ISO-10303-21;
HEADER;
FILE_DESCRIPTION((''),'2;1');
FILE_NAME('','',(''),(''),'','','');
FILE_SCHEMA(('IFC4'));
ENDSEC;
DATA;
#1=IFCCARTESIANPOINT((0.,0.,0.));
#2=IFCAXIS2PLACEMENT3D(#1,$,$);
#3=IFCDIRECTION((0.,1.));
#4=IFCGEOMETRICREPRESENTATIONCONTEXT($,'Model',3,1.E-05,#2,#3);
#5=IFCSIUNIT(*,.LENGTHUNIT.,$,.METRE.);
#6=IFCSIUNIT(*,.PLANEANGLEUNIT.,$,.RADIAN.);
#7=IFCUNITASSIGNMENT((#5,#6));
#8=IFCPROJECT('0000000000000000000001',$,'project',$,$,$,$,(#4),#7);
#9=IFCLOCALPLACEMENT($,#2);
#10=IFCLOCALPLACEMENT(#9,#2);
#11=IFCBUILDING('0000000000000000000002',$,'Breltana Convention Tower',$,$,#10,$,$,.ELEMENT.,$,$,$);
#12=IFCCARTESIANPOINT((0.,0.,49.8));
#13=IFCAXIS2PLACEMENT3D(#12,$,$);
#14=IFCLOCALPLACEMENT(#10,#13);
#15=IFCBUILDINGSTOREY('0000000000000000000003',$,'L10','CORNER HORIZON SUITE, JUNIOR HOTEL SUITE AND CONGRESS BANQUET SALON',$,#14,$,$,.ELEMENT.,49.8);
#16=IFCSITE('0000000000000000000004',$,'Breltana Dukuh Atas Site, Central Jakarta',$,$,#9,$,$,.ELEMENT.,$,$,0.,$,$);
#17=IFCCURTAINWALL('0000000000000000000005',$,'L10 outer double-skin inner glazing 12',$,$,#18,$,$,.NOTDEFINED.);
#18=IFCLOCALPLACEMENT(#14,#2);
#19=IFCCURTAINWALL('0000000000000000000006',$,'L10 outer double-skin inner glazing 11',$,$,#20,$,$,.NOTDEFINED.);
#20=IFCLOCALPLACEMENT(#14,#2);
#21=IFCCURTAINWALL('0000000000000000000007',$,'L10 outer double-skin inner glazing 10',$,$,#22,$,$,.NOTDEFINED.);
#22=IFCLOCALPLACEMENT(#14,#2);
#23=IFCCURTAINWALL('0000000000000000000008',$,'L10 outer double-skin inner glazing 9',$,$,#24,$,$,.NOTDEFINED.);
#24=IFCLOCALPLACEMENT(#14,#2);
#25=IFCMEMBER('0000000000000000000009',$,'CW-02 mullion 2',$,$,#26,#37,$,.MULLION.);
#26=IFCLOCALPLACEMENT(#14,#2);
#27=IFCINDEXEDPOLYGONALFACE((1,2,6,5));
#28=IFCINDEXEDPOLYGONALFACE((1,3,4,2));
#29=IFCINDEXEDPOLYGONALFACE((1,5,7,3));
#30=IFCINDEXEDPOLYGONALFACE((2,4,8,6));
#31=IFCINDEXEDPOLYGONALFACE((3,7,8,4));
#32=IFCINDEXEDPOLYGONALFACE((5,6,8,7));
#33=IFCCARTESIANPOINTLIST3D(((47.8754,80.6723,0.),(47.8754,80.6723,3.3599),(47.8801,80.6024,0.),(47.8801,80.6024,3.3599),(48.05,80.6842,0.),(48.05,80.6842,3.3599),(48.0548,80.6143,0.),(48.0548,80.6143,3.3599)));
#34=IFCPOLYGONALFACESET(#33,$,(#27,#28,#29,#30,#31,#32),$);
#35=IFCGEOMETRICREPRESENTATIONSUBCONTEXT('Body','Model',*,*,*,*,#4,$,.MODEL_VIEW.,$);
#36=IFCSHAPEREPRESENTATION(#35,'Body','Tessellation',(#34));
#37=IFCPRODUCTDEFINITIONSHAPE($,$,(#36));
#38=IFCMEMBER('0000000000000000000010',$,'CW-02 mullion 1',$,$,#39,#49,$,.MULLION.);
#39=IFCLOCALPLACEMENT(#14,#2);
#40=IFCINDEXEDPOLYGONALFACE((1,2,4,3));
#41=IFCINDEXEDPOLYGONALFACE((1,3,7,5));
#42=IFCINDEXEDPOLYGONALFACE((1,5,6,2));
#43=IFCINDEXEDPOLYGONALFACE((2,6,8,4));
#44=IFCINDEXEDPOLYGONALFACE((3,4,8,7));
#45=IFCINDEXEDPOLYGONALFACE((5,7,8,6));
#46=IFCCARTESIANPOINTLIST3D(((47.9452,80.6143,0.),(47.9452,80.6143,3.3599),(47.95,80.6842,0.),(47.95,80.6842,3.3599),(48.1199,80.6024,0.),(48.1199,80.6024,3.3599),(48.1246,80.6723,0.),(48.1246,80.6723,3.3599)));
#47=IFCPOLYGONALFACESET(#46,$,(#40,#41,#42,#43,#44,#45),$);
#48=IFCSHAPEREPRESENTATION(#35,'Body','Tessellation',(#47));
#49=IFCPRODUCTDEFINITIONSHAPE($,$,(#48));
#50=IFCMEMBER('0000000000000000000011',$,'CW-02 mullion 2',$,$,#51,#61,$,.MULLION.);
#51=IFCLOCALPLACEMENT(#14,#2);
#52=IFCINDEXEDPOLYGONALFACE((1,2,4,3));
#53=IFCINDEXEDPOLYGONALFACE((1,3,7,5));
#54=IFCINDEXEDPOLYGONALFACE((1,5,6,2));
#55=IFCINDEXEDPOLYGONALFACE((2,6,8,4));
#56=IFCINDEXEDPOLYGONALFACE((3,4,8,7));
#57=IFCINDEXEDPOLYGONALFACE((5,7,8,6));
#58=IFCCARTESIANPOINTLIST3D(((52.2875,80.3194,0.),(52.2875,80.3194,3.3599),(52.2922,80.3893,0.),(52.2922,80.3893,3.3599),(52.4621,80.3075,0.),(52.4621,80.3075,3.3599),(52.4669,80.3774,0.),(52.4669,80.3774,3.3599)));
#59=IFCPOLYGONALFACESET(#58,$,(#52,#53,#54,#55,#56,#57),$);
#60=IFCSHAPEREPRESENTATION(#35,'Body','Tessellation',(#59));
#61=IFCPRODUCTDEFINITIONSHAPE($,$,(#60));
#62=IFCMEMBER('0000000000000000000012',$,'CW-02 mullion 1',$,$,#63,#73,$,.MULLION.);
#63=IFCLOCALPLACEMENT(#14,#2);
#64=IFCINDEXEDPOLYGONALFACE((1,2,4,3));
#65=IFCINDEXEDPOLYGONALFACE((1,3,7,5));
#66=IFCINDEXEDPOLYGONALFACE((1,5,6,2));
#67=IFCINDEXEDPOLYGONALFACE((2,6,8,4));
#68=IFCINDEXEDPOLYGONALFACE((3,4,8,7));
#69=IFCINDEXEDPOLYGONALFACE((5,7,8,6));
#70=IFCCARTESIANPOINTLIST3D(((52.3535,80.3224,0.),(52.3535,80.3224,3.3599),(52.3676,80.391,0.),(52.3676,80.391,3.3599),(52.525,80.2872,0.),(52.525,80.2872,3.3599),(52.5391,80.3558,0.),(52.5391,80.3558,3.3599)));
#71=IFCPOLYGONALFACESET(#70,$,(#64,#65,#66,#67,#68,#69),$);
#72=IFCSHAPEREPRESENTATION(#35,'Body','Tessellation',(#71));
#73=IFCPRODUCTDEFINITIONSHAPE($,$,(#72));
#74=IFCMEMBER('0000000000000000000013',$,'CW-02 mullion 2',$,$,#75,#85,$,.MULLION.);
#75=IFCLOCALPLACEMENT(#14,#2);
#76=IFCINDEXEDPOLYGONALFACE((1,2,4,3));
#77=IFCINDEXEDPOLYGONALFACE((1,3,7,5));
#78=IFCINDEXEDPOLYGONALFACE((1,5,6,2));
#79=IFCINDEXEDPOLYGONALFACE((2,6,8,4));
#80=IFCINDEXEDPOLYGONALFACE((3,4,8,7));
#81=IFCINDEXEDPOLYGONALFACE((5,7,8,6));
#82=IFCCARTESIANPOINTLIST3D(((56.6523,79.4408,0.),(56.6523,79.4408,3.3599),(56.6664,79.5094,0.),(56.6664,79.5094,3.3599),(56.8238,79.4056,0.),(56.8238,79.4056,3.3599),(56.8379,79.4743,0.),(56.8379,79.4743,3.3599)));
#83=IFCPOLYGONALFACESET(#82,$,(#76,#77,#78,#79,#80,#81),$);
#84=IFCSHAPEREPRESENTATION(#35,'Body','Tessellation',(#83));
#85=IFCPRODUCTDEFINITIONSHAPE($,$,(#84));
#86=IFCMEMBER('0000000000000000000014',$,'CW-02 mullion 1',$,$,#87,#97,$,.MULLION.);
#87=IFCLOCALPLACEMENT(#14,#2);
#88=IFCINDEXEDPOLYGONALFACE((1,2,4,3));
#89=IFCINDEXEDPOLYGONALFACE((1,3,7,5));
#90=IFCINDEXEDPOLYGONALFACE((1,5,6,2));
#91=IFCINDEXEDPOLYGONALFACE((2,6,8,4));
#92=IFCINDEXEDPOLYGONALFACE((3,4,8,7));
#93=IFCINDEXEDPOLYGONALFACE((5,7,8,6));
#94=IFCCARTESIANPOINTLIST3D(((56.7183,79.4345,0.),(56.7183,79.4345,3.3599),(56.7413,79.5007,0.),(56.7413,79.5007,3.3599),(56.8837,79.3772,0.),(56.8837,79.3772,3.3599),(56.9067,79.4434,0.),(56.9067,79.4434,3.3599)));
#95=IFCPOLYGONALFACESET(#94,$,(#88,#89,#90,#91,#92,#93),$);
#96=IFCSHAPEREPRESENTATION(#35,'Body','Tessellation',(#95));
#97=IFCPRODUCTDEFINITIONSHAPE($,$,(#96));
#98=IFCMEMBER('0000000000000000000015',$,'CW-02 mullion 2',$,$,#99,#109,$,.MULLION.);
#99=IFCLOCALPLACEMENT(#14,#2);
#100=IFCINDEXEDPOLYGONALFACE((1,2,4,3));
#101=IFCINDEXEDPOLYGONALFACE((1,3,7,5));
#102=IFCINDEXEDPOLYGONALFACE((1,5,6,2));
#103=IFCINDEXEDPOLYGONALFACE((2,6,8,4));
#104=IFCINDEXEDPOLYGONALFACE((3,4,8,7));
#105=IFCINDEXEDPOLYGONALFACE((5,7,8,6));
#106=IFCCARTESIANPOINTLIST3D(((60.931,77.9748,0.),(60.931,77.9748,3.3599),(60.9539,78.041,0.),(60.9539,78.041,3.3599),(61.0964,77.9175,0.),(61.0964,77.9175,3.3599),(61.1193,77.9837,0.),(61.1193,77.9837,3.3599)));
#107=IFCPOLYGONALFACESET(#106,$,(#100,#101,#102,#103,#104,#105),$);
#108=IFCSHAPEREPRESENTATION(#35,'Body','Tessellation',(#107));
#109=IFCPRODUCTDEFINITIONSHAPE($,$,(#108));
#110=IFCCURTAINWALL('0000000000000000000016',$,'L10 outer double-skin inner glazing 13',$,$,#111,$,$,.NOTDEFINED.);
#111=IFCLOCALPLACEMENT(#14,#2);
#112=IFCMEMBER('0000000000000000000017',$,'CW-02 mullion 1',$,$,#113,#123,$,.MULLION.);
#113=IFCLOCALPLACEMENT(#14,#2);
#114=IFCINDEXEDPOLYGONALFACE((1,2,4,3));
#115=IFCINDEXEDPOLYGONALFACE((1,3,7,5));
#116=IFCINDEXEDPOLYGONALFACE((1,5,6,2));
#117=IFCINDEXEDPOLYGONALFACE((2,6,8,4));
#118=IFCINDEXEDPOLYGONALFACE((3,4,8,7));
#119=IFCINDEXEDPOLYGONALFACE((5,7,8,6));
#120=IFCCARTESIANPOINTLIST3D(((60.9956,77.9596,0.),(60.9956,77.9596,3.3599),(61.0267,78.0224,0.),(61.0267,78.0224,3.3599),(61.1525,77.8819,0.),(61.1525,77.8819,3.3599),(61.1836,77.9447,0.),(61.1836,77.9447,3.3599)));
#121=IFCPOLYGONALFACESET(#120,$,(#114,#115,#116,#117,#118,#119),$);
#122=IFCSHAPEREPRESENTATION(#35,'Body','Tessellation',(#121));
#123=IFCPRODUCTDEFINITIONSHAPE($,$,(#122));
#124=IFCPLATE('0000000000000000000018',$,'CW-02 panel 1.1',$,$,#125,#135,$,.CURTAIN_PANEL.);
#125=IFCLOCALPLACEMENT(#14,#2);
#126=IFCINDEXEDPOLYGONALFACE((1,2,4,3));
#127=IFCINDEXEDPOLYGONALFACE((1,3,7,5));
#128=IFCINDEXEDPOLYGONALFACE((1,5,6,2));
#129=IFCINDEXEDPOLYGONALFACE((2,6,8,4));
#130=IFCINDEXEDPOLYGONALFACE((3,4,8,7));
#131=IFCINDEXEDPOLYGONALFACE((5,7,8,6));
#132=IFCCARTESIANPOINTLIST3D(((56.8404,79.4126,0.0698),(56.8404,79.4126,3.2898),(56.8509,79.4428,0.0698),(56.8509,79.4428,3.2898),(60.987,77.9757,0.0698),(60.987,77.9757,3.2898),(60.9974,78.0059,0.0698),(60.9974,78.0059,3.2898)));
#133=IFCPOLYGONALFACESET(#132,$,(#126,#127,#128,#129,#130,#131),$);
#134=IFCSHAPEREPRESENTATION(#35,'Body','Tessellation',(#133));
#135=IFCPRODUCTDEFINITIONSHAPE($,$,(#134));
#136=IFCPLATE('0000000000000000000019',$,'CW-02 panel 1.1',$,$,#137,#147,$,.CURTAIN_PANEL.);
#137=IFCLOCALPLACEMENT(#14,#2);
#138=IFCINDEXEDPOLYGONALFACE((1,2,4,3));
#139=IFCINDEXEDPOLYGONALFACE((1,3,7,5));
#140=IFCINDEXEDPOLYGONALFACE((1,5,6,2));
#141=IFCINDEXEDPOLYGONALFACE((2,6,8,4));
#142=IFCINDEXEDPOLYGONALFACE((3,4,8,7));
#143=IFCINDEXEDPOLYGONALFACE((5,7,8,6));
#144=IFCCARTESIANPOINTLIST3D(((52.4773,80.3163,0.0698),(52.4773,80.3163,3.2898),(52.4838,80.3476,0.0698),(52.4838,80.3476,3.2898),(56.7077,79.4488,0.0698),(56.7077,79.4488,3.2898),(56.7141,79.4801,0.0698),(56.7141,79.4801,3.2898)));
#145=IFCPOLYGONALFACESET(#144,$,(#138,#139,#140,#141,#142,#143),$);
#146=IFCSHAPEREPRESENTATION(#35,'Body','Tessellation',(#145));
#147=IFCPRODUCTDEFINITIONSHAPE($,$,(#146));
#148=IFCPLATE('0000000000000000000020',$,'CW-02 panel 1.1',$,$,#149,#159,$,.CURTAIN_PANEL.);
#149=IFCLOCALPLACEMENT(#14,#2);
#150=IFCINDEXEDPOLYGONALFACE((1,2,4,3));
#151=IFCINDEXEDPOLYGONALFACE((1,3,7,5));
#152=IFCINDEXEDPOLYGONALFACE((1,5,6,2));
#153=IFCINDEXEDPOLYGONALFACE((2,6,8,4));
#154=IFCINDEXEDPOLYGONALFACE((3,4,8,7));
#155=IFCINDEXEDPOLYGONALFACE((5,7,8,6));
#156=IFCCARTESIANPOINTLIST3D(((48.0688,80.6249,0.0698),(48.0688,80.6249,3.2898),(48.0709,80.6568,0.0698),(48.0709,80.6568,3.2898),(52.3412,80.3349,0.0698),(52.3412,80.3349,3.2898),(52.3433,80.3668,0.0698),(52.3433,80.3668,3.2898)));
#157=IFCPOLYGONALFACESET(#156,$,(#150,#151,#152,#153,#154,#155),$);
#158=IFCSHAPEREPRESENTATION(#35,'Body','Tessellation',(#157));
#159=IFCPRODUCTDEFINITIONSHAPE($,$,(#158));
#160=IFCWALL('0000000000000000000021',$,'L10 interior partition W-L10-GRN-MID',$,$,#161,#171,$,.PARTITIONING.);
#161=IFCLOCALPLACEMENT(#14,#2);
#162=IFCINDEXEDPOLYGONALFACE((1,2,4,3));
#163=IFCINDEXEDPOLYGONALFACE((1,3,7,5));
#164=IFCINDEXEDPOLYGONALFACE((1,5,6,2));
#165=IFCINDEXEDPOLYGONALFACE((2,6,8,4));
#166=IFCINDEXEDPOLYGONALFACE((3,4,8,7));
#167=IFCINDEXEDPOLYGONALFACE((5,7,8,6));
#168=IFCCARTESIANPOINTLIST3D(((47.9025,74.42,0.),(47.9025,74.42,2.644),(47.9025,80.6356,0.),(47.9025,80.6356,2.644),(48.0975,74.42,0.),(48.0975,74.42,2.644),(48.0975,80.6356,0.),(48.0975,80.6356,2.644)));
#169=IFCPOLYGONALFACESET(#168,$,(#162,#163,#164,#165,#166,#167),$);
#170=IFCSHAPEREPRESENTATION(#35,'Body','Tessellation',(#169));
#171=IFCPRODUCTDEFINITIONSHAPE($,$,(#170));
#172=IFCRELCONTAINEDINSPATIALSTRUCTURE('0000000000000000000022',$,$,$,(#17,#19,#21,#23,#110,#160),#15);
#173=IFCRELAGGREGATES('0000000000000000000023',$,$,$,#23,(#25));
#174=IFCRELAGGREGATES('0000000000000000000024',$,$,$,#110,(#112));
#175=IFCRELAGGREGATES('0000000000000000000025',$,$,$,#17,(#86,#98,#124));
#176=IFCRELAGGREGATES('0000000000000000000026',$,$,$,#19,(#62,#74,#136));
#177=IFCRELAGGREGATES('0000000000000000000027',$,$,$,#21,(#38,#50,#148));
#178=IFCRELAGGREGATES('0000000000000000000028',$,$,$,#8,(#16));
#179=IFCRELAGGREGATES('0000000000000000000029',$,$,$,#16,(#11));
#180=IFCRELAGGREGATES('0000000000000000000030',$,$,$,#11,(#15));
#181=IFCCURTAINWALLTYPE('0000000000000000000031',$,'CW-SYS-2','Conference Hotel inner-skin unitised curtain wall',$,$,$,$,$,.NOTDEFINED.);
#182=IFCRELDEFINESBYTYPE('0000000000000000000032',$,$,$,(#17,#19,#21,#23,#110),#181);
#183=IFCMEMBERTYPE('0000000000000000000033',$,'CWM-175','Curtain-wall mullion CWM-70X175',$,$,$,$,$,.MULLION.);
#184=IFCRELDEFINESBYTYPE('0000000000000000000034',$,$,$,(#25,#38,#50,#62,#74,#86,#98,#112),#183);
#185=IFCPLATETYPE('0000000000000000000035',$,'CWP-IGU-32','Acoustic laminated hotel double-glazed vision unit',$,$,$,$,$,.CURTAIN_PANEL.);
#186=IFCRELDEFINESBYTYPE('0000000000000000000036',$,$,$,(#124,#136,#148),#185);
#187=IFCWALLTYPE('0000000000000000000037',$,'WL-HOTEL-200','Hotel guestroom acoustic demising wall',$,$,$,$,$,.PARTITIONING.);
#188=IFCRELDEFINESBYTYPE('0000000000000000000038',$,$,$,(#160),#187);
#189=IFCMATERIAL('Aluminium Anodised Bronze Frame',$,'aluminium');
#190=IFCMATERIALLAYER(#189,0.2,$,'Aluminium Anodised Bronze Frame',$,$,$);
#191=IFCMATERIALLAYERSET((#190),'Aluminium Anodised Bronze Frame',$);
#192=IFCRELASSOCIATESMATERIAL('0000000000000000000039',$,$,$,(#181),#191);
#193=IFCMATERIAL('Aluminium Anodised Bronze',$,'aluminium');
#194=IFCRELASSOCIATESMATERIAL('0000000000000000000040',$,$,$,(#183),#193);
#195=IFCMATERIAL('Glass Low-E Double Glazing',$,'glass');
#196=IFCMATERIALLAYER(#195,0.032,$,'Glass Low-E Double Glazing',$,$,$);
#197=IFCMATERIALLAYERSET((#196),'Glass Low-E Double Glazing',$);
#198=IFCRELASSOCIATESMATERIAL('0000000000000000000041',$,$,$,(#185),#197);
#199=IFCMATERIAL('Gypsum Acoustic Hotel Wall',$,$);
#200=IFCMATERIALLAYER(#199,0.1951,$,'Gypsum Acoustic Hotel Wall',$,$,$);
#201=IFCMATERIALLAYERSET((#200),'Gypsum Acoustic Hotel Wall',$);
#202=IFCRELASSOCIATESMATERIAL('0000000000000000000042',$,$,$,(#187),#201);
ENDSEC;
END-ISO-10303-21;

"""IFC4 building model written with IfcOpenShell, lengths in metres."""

from ifc_helpers import new_model, si_unit, direction, frame, frame_2d, origin, origin_2d, place, context, subcontext, project, spatial, rectangle, extrude, source, transform, mapped, material, layer, layer_set, material_profile, profile_set, type_object, element, aggregate, save


model = new_model("IFC4")

# Units and contexts
model_context = context("Model", 3, precision=1e-05, world=origin(), true_north=direction((0.0, 1.0)))
body_context = subcontext(model_context, "Body", "Model", "MODEL_VIEW")
ifc_project = project(units=[si_unit("LENGTHUNIT", "METRE"), si_unit("PLANEANGLEUNIT", "RADIAN")], contexts=[model_context])

# Site, building, storey
site_placement = place(None, origin())
site = spatial("IfcSite", under=ifc_project, at=site_placement, Name="Breltana Dukuh Atas Site, Central Jakarta", CompositionType="ELEMENT", RefElevation=0.0)
building_placement = place(site_placement, origin())
building = spatial("IfcBuilding", under=site, at=building_placement, Name="Breltana Convention Tower", CompositionType="ELEMENT")
storey_placement = place(building_placement, frame((0.0, 0.0, 49.8)))
storey = spatial("IfcBuildingStorey", under=building, at=storey_placement, Name="L10", Description="CORNER HORIZON SUITE, JUNIOR HOTEL SUITE AND CONGRESS BANQUET SALON", CompositionType="ELEMENT", Elevation=49.8)

# Curtain walls
ifc_material_1 = material(Name="Aluminium Anodised Bronze Frame", Category="aluminium")
ifc_layer_1 = layer(ifc_material_1, 0.2, Name="Aluminium Anodised Bronze Frame")
ifc_layer_set_1 = layer_set([ifc_layer_1], Name="Aluminium Anodised Bronze Frame")
curtain_wall_type = type_object("IfcCurtainWallType", Name="CW-SYS-2", Description="Conference Hotel inner-skin unitised curtain wall", PredefinedType="NOTDEFINED", material=ifc_layer_set_1)
curtain_wall_1_placement = place(storey_placement, origin())
curtain_wall_1 = element("IfcCurtainWall", 1, at=curtain_wall_1_placement, inside=storey, type_object=curtain_wall_type, Name="L10 outer double-skin inner glazing 12", PredefinedType="NOTDEFINED")
ifc_material_2 = material(Name="Aluminium Anodised Bronze", Category="aluminium")
curtain_wall_2_placement = place(storey_placement, origin())
curtain_wall_2 = element("IfcCurtainWall", 2, at=curtain_wall_2_placement, inside=storey, type_object=curtain_wall_type, Name="L10 outer double-skin inner glazing 11", PredefinedType="NOTDEFINED")
curtain_wall_3_placement = place(storey_placement, origin())
curtain_wall_3 = element("IfcCurtainWall", 3, at=curtain_wall_3_placement, inside=storey, type_object=curtain_wall_type, Name="L10 outer double-skin inner glazing 10", PredefinedType="NOTDEFINED")

# Curtain wall, member
curtain_wall_4_placement = place(storey_placement, origin())
curtain_wall_4 = element("IfcCurtainWall", 4, at=curtain_wall_4_placement, inside=storey, type_object=curtain_wall_type, Name="L10 outer double-skin inner glazing 9", PredefinedType="NOTDEFINED")
ifc_material_profile_1 = material_profile(ifc_material_2, rectangle(XDim=0.0701, YDim=0.175, at=origin_2d()), Name="CWM-70X175")
ifc_profile_set_1 = profile_set([ifc_material_profile_1], Name="Aluminium Anodised Bronze")
member_type_1 = type_object("IfcMemberType", Name="CWM-175", Description="Curtain-wall mullion CWM-70X175", PredefinedType="MULLION", material=ifc_profile_set_1)
shared_shape_1 = source(origin(), body_context, "Body", "SweptSolid", [
    extrude(rectangle(XDim=0.0701, YDim=0.175, at=origin_2d()), origin(), (0.0, 0.0, 1.0), 3.3599),
])
member_1_placement = place(storey_placement, frame((47.9651, 80.6433, 0.0), z_axis=(0.0, 0.0, 1.0), x_axis=(-0.067726, 0.997704, 0.0)))
member_1 = element("IfcMember", 5, at=member_1_placement, type_object=member_type_1, Name="CW-02 mullion 2", PredefinedType="MULLION", context=body_context, shape_type="MappedRepresentation", body=[
    mapped(shared_shape_1, transform((0.0, 0.0, 0.0), scale=1.0)),
])
aggregate(curtain_wall_4, [member_1])

# Members
member_2_placement = place(storey_placement, frame((48.0349, 80.6433, 0.0), z_axis=(0.0, 0.0, 1.0), x_axis=(0.067726, 0.997704, 0.0)))
member_2 = element("IfcMember", 6, at=member_2_placement, type_object=member_type_1, Name="CW-02 mullion 1", PredefinedType="MULLION", context=body_context, shape_type="MappedRepresentation", body=[
    mapped(shared_shape_1, transform((0.0, 0.0, 0.0), scale=1.0)),
])
member_3_placement = place(storey_placement, frame((52.3772, 80.3484, 0.0), z_axis=(0.0, 0.0, 1.0), x_axis=(0.067726, 0.997704, 0.0)))
member_3 = element("IfcMember", 7, at=member_3_placement, type_object=member_type_1, Name="CW-02 mullion 2", PredefinedType="MULLION", context=body_context, shape_type="MappedRepresentation", body=[
    mapped(shared_shape_1, transform((0.0, 0.0, 0.0), scale=1.0)),
])
member_4_placement = place(storey_placement, frame((52.4463, 80.3391, 0.0), z_axis=(0.0, 0.0, 1.0), x_axis=(0.200885, 0.979615, 0.0)))
member_4 = element("IfcMember", 8, at=member_4_placement, type_object=member_type_1, Name="CW-02 mullion 1", PredefinedType="MULLION", context=body_context, shape_type="MappedRepresentation", body=[
    mapped(shared_shape_1, transform((0.0, 0.0, 0.0), scale=1.0)),
])
member_5_placement = place(storey_placement, frame((56.7451, 79.4575, 0.0), z_axis=(0.0, 0.0, 1.0), x_axis=(0.200885, 0.979615, 0.0)))
member_5 = element("IfcMember", 9, at=member_5_placement, type_object=member_type_1, Name="CW-02 mullion 2", PredefinedType="MULLION", context=body_context, shape_type="MappedRepresentation", body=[
    mapped(shared_shape_1, transform((0.0, 0.0, 0.0), scale=1.0)),
])
member_6_placement = place(storey_placement, frame((56.8125, 79.439, 0.0), z_axis=(0.0, 0.0, 1.0), x_axis=(0.327428, 0.944876, 0.0)))
member_6 = element("IfcMember", 10, at=member_6_placement, type_object=member_type_1, Name="CW-02 mullion 1", PredefinedType="MULLION", context=body_context, shape_type="MappedRepresentation", body=[
    mapped(shared_shape_1, transform((0.0, 0.0, 0.0), scale=1.0)),
])
member_7_placement = place(storey_placement, frame((61.0251, 77.9792, 0.0), z_axis=(0.0, 0.0, 1.0), x_axis=(0.327428, 0.944876, 0.0)))
member_7 = element("IfcMember", 11, at=member_7_placement, type_object=member_type_1, Name="CW-02 mullion 2", PredefinedType="MULLION", context=body_context, shape_type="MappedRepresentation", body=[
    mapped(shared_shape_1, transform((0.0, 0.0, 0.0), scale=1.0)),
])

# Curtain wall, member
curtain_wall_5_placement = place(storey_placement, origin())
curtain_wall_5 = element("IfcCurtainWall", 12, at=curtain_wall_5_placement, inside=storey, type_object=curtain_wall_type, Name="L10 outer double-skin inner glazing 13", PredefinedType="NOTDEFINED")
member_8_placement = place(storey_placement, frame((61.0896, 77.9521, 0.0), z_axis=(0.0, 0.0, 1.0), x_axis=(0.444108, 0.895973, 0.0)))
member_8 = element("IfcMember", 13, at=member_8_placement, type_object=member_type_1, Name="CW-02 mullion 1", PredefinedType="MULLION", context=body_context, shape_type="MappedRepresentation", body=[
    mapped(shared_shape_1, transform((0.0, 0.0, 0.0), scale=1.0)),
])
aggregate(curtain_wall_5, [member_8])

# Plates
ifc_material_3 = material(Name="Glass Low-E Double Glazing", Category="glass")
ifc_layer_2 = layer(ifc_material_3, 0.032, Name="Glass Low-E Double Glazing")
ifc_layer_set_2 = layer_set([ifc_layer_2], Name="Glass Low-E Double Glazing")
plate_type = type_object("IfcPlateType", Name="CWP-IGU-32", Description="Acoustic laminated hotel double-glazed vision unit", PredefinedType="CURTAIN_PANEL", material=ifc_layer_set_2)
shared_shape_2 = source(origin(), body_context, "Body", "SweptSolid", [
    extrude(rectangle(XDim=4.3884, YDim=0.032, at=origin_2d()), origin(), (0.0, 0.0, 1.0), 3.22),
])
plate_1_placement = place(storey_placement, frame((58.9189, 78.7092, 0.0698), z_axis=(0.0, 0.0, 1.0), x_axis=(0.944876, -0.327428, 0.0)))
plate_1 = element("IfcPlate", 14, at=plate_1_placement, type_object=plate_type, Name="CW-02 panel 1.1", PredefinedType="CURTAIN_PANEL", context=body_context, shape_type="MappedRepresentation", body=[
    mapped(shared_shape_2, transform((0.0, 0.0, 0.0), scale=1.0)),
])
aggregate(curtain_wall_1, [member_6, member_7, plate_1])
shared_shape_3 = source(origin(), body_context, "Body", "SweptSolid", [
    extrude(rectangle(XDim=4.3184, YDim=0.032, at=origin_2d()), origin(), (0.0, 0.0, 1.0), 3.22),
])
plate_2_placement = place(storey_placement, frame((54.5957, 79.8982, 0.0698), z_axis=(0.0, 0.0, 1.0), x_axis=(0.979615, -0.200885, 0.0)))
plate_2 = element("IfcPlate", 15, at=plate_2_placement, type_object=plate_type, Name="CW-02 panel 1.1", PredefinedType="CURTAIN_PANEL", context=body_context, shape_type="MappedRepresentation", body=[
    mapped(shared_shape_3, transform((0.0, 0.0, 0.0), scale=1.0)),
])
aggregate(curtain_wall_2, [member_4, member_5, plate_2])
shared_shape_4 = source(origin(), body_context, "Body", "SweptSolid", [
    extrude(rectangle(XDim=4.2822, YDim=0.032, at=origin_2d()), origin(), (0.0, 0.0, 1.0), 3.22),
])
plate_3_placement = place(storey_placement, frame((50.2061, 80.4958, 0.0698), z_axis=(0.0, 0.0, 1.0), x_axis=(0.997704, -0.067726, 0.0)))
plate_3 = element("IfcPlate", 16, at=plate_3_placement, type_object=plate_type, Name="CW-02 panel 1.1", PredefinedType="CURTAIN_PANEL", context=body_context, shape_type="MappedRepresentation", body=[
    mapped(shared_shape_4, transform((0.0, 0.0, 0.0), scale=1.0)),
])
aggregate(curtain_wall_3, [member_2, member_3, plate_3])

# Wall
ifc_material_4 = material(Name="Gypsum Acoustic Hotel Wall")
ifc_layer_3 = layer(ifc_material_4, 0.1951, Name="Gypsum Acoustic Hotel Wall")
ifc_layer_set_3 = layer_set([ifc_layer_3], Name="Gypsum Acoustic Hotel Wall")
wall_type_1 = type_object("IfcWallType", Name="WL-HOTEL-200", Description="Hotel guestroom acoustic demising wall", PredefinedType="PARTITIONING", material=ifc_layer_set_3)
shared_shape_5 = source(origin(), body_context, "Body", "SweptSolid", [
    extrude(rectangle(XDim=6.2156, YDim=0.1951, at=frame_2d((3.1079, 0.0))), origin(), (0.0, 0.0, 1.0), 2.644),
])
wall_1_placement = place(storey_placement, frame((48.0, 74.4199, 0.0), z_axis=(0.0, 0.0, 1.0), x_axis=(0.0, 1.0, 0.0)))
element("IfcWall", 17, at=wall_1_placement, inside=storey, type_object=wall_type_1, Name="L10 interior partition W-L10-GRN-MID", PredefinedType="PARTITIONING", context=body_context, shape_type="MappedRepresentation", body=[
    mapped(shared_shape_5, transform((0.0, 0.0, 0.0), scale=1.0)),
])

save(model, "model.ifc")
